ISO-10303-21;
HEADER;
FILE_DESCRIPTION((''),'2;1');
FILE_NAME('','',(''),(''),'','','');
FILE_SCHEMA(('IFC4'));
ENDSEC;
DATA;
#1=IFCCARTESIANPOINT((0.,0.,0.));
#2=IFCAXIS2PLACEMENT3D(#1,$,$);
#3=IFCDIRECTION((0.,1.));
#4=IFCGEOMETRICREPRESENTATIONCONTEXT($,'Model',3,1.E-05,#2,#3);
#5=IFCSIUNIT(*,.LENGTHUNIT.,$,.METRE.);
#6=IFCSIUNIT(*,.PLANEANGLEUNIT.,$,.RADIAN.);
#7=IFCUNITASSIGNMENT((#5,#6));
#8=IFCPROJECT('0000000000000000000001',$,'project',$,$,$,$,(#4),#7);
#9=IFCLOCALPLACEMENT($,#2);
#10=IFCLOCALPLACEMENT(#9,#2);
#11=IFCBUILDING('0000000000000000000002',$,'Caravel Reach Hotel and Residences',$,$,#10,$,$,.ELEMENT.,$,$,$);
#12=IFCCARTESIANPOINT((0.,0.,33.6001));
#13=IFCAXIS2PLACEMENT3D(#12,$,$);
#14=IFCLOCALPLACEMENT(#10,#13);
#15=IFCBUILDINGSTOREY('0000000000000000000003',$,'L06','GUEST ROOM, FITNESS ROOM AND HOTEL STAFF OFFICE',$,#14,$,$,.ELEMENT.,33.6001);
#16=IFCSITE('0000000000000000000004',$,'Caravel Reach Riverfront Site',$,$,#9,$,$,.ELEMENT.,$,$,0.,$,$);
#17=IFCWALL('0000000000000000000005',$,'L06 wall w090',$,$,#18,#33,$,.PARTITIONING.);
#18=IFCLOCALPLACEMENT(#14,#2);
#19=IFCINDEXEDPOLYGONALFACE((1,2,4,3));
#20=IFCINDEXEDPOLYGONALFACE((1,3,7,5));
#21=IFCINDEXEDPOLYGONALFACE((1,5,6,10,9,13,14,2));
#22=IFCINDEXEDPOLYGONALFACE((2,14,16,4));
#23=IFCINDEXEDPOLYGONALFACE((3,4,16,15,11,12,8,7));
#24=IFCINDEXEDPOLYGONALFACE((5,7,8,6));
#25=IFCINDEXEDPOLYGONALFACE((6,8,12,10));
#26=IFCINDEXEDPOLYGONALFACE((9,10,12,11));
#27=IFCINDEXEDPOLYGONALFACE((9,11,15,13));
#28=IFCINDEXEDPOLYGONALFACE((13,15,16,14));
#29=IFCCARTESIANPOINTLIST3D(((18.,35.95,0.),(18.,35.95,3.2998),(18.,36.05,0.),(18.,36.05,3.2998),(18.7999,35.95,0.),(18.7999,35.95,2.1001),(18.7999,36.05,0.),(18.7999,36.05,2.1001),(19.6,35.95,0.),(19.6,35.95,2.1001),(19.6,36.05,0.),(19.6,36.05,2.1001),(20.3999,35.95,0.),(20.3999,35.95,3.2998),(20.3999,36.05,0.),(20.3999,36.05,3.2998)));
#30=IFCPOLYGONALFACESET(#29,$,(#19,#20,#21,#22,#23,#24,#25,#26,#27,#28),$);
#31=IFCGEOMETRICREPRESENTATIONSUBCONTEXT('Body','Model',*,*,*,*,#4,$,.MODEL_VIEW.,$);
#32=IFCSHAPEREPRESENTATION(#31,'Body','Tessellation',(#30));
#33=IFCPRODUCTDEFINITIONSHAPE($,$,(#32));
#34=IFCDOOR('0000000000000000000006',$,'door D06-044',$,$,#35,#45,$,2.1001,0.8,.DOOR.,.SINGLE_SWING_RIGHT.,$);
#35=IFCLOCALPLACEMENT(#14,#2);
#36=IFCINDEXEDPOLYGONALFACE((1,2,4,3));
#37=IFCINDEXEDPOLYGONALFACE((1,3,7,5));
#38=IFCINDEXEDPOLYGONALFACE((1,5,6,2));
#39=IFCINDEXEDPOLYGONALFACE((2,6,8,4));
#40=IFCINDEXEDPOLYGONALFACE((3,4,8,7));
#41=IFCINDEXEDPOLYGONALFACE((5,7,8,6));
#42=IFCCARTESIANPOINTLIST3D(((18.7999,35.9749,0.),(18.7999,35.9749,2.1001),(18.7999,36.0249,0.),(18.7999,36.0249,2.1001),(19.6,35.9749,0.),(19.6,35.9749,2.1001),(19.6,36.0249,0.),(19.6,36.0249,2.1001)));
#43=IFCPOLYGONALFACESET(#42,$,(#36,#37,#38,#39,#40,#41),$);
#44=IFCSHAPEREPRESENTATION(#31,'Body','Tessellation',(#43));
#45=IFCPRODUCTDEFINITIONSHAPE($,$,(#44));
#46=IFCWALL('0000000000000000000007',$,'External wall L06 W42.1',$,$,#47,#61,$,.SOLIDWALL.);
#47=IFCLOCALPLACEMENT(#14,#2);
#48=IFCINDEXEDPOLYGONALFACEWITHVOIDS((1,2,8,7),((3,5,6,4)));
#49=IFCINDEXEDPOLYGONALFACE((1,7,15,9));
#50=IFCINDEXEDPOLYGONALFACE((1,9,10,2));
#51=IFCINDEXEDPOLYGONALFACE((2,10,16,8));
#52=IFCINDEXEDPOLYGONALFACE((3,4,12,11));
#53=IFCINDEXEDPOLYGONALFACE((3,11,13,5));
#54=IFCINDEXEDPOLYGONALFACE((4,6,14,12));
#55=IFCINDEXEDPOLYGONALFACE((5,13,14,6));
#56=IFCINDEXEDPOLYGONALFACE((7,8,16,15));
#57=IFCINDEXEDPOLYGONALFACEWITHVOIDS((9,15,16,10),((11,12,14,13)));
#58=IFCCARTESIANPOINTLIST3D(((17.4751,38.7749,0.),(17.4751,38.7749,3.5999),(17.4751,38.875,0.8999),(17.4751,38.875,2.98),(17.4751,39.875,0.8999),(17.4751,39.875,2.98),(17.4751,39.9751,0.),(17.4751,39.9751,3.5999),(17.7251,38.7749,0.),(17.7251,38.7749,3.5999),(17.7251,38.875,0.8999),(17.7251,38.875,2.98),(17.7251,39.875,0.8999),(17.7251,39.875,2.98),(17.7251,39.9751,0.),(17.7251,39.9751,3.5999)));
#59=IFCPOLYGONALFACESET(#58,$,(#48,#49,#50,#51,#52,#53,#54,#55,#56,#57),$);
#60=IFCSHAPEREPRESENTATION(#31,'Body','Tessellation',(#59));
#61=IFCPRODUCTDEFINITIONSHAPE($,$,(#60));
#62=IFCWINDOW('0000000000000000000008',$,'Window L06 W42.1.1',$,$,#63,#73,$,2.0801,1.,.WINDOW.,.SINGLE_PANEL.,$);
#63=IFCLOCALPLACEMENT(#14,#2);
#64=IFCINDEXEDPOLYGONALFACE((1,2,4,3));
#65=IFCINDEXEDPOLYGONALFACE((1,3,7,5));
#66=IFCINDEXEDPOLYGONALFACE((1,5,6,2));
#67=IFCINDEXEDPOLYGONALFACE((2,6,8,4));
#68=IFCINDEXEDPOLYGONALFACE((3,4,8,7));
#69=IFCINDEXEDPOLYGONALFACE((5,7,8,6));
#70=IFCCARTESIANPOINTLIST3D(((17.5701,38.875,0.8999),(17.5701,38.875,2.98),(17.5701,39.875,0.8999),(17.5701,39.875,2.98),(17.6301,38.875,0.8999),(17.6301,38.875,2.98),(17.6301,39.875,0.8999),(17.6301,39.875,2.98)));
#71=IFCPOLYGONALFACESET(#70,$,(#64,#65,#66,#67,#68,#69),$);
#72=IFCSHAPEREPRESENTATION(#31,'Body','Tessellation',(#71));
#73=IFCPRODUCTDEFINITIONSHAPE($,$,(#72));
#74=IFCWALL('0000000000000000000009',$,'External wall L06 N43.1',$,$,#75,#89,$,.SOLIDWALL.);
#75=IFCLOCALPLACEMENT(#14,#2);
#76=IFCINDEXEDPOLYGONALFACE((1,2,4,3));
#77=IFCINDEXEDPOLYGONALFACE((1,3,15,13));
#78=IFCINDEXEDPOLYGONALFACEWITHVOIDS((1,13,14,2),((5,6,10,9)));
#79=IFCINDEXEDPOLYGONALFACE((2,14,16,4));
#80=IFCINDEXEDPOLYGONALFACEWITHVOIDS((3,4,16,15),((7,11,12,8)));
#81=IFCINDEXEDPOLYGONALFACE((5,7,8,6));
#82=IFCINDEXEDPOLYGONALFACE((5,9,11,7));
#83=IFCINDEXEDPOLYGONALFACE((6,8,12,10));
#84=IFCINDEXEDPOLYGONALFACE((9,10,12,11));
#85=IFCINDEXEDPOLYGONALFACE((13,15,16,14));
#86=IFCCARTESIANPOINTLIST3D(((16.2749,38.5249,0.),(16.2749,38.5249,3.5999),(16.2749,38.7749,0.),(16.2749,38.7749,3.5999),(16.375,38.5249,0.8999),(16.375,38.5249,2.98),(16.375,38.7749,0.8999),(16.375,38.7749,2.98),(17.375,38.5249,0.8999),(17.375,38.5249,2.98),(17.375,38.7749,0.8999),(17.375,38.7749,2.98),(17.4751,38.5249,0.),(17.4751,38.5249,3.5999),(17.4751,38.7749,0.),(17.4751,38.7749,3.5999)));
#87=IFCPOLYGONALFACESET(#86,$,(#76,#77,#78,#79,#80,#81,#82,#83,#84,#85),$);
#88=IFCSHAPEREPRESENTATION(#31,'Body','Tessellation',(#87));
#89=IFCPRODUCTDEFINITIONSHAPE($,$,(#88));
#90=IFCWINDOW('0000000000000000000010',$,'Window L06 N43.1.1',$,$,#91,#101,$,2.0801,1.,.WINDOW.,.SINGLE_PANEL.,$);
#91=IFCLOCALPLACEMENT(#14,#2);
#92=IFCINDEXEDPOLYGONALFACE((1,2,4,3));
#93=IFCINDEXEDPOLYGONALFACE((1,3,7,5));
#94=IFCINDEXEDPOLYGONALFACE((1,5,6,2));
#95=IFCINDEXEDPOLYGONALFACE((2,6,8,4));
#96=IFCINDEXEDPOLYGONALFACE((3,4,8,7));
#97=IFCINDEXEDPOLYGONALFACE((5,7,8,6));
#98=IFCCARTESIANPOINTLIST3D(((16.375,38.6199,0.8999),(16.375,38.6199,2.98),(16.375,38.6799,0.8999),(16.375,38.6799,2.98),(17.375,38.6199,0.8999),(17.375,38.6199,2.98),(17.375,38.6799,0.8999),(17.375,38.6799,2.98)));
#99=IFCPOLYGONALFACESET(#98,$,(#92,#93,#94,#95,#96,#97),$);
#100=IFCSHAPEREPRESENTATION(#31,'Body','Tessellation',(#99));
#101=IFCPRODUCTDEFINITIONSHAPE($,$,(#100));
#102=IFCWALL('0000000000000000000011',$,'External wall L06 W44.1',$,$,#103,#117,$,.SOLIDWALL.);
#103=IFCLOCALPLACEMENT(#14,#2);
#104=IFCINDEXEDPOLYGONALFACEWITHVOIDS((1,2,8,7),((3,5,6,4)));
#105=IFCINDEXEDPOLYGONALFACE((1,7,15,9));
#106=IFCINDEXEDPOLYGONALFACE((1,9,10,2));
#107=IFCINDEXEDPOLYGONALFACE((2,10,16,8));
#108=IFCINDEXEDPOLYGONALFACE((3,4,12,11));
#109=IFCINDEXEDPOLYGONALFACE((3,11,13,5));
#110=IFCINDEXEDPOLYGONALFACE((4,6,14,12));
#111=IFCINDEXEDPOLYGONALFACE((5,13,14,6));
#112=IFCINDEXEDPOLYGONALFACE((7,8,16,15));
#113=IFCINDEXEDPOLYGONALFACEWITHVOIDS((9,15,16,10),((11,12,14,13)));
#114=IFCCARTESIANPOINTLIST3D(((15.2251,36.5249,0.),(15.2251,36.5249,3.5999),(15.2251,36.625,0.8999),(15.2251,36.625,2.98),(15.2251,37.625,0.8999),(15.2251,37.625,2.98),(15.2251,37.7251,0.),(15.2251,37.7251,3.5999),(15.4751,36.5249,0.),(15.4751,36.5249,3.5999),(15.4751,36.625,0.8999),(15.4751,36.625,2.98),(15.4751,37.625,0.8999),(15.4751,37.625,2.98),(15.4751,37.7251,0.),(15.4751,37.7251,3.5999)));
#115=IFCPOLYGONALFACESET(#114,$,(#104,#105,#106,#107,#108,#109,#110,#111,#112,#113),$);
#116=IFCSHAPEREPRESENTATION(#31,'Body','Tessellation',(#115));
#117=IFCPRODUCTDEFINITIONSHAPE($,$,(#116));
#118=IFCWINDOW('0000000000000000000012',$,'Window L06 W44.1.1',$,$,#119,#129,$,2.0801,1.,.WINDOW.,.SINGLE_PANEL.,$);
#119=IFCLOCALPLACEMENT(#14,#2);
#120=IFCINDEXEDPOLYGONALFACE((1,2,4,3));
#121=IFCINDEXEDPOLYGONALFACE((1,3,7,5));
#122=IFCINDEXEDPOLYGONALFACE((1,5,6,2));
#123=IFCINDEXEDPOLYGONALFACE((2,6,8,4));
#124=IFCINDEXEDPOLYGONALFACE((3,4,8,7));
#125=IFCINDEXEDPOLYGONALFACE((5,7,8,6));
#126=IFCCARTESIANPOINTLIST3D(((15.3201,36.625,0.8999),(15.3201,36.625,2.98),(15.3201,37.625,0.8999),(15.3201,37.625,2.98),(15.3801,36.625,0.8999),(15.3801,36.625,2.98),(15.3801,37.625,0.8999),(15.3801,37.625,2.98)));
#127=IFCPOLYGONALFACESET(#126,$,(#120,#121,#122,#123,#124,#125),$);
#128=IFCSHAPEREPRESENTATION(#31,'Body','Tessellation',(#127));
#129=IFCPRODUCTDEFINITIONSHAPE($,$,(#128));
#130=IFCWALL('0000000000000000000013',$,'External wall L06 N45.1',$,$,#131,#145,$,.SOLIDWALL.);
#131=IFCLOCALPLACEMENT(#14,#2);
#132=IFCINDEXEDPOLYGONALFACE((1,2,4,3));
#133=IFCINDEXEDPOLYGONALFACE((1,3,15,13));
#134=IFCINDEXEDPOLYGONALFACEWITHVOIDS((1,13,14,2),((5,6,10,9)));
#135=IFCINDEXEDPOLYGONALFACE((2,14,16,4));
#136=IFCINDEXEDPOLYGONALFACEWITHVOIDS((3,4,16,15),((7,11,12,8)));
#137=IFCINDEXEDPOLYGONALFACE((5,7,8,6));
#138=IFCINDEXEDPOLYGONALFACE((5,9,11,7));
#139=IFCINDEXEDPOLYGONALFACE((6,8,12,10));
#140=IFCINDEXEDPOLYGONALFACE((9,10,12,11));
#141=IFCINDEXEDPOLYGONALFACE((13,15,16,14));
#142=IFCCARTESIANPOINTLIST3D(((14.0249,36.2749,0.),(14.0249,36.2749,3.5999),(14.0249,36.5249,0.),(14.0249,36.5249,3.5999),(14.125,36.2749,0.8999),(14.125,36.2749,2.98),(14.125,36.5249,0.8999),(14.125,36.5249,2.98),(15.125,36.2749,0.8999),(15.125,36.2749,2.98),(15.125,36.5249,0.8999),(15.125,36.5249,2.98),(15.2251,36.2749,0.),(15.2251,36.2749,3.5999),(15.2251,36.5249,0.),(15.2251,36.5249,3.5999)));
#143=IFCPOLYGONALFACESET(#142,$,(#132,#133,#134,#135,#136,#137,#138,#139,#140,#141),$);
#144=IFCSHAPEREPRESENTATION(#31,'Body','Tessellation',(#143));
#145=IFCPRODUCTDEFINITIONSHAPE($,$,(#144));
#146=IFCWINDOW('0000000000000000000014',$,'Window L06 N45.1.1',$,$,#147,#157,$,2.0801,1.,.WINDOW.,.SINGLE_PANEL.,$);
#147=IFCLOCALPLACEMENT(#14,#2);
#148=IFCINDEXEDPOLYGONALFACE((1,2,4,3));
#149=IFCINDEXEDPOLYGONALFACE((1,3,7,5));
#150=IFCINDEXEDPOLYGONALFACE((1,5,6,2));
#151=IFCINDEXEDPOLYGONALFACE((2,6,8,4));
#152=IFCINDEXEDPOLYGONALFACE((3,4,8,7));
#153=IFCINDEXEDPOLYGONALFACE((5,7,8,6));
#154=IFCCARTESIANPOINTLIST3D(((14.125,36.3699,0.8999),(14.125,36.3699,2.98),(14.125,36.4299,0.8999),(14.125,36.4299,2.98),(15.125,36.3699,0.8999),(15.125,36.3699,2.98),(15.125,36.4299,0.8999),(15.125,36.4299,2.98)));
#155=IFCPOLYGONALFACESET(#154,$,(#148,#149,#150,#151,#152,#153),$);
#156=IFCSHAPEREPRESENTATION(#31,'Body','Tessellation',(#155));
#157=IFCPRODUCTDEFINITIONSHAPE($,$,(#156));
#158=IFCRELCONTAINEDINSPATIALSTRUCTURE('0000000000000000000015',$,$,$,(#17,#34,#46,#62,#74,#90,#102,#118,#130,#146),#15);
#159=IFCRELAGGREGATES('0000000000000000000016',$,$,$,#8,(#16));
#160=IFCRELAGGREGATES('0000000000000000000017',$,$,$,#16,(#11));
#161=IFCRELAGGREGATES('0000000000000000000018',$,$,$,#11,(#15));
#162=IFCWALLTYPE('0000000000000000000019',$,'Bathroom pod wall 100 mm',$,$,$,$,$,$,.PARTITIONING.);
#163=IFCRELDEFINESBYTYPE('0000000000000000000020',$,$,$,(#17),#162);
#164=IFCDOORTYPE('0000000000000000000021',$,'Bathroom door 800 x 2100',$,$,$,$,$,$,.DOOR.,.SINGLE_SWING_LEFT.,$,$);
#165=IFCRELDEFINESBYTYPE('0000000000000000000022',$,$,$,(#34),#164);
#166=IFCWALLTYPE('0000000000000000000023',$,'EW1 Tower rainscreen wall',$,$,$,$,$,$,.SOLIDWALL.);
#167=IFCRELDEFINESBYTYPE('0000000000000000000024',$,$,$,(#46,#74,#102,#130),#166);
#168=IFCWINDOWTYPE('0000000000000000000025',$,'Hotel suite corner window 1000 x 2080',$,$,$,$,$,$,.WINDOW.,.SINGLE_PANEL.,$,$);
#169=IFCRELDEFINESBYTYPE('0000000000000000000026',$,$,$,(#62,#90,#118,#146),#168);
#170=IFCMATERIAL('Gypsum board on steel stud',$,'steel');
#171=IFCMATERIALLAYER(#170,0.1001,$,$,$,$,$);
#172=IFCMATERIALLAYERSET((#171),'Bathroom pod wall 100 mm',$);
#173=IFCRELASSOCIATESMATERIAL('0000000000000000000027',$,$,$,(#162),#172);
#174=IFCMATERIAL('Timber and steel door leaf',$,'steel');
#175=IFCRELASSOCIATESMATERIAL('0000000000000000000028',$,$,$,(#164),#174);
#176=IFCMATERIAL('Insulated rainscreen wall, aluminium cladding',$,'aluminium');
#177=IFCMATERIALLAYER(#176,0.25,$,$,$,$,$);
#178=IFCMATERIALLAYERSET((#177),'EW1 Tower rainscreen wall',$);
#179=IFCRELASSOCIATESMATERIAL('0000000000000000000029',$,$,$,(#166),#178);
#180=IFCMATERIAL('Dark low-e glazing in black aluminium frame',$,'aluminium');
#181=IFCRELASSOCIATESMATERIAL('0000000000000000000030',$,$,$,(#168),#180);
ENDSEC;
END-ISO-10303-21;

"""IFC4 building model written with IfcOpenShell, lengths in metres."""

from ifc_helpers import new_model, si_unit, direction, frame, frame_2d, origin, place, context, subcontext, project, spatial, rectangle, extrude, material, layer, layer_set, type_object, element, fill, save


model = new_model("IFC4")

# Units and contexts
model_context = context("Model", 3, precision=1e-05, world=origin(), true_north=direction((0.0, 1.0)))
body_context = subcontext(model_context, "Body", "Model", "MODEL_VIEW")
ifc_project = project(units=[si_unit("LENGTHUNIT", "METRE"), si_unit("PLANEANGLEUNIT", "RADIAN")], contexts=[model_context])

# Site, building, storey
site_placement = place(None, origin())
site = spatial("IfcSite", under=ifc_project, at=site_placement, Name="Caravel Reach Riverfront Site", CompositionType="ELEMENT", RefElevation=0.0)
building_placement = place(site_placement, origin())
building = spatial("IfcBuilding", under=site, at=building_placement, Name="Caravel Reach Hotel and Residences", CompositionType="ELEMENT")
storey_placement = place(building_placement, frame((0.0, 0.0, 33.6001)))
storey = spatial("IfcBuildingStorey", under=building, at=storey_placement, Name="L06", Description="GUEST ROOM, FITNESS ROOM AND HOTEL STAFF OFFICE", CompositionType="ELEMENT", Elevation=33.6001)

# Wall, opening, door
ifc_material_1 = material(Name="Gypsum board on steel stud", Category="steel")
ifc_layer_1 = layer(ifc_material_1, 0.1001)
ifc_layer_set_1 = layer_set([ifc_layer_1], Name="Bathroom pod wall 100 mm")
wall_type_1 = type_object("IfcWallType", Name="Bathroom pod wall 100 mm", PredefinedType="PARTITIONING", material=ifc_layer_set_1)
wall_1_placement = place(storey_placement, frame((18.0, 36.0, 0.0), z_axis=(0.0, 0.0, 1.0), x_axis=(1.0, 0.0, 0.0)))
wall_1 = element("IfcWall", 1, at=wall_1_placement, inside=storey, type_object=wall_type_1, Name="L06 wall w090", PredefinedType="PARTITIONING", context=body_context, shape_type="SweptSolid", body=[
    extrude(rectangle(XDim=2.3999, YDim=0.1001, at=frame_2d((1.2, 0.0))), origin(), (0.0, 0.0, 1.0), 3.2998),
])
opening_1_placement = place(wall_1_placement, frame((0.8, 0.0, 0.0)))
opening_1 = element("IfcOpeningElement", 2, at=opening_1_placement, cuts=wall_1, PredefinedType="OPENING", context=body_context, shape_type="SweptSolid", body=[
    extrude(rectangle(XDim=0.8, YDim=2.1001, at=frame_2d((0.3999, 1.05))), frame((0.0, 0.0601, 0.0), z_axis=(0.0, -1.0, 0.0), x_axis=(1.0, 0.0, 0.0)), (0.0, 0.0, 1.0), 0.1201),
])
ifc_material_2 = material(Name="Timber and steel door leaf", Category="steel")
door_type = type_object("IfcDoorType", Name="Bathroom door 800 x 2100", OperationType="SINGLE_SWING_LEFT", PredefinedType="DOOR", material=ifc_material_2)
door_placement = place(opening_1_placement, origin())
door = element("IfcDoor", 3, at=door_placement, inside=storey, type_object=door_type, Name="door D06-044", OperationType="SINGLE_SWING_RIGHT", OverallHeight=2.1001, OverallWidth=0.8, PredefinedType="DOOR", context=body_context, shape_type="SweptSolid", body=[
    extrude(rectangle(XDim=0.8, YDim=2.1001, at=frame_2d((0.3999, 1.05))), frame((0.0, 0.0249, 0.0), z_axis=(0.0, -1.0, 0.0), x_axis=(1.0, 0.0, 0.0)), (0.0, 0.0, 1.0), 0.05),
])
fill(opening_1, door)

# Walls, openings, windows
ifc_material_3 = material(Name="Insulated rainscreen wall, aluminium cladding", Category="aluminium")
ifc_layer_2 = layer(ifc_material_3, 0.25)
ifc_layer_set_2 = layer_set([ifc_layer_2], Name="EW1 Tower rainscreen wall")
wall_type_2 = type_object("IfcWallType", Name="EW1 Tower rainscreen wall", PredefinedType="SOLIDWALL", material=ifc_layer_set_2)
wall_2_placement = place(storey_placement, frame((17.6001, 39.9751, 0.0), z_axis=(0.0, 0.0, 1.0), x_axis=(0.0, -1.0, 0.0)))
wall_2 = element("IfcWall", 4, at=wall_2_placement, inside=storey, type_object=wall_type_2, Name="External wall L06 W42.1", PredefinedType="SOLIDWALL", context=body_context, shape_type="SweptSolid", body=[
    extrude(rectangle(XDim=1.2002, YDim=0.25, at=frame_2d((0.6001, 0.0))), origin(), (0.0, 0.0, 1.0), 3.5999),
])
opening_2_placement = place(wall_2_placement, frame((0.1001, 0.0, 0.8999)))
opening_2 = element("IfcOpeningElement", 5, at=opening_2_placement, cuts=wall_2, PredefinedType="OPENING", context=body_context, shape_type="SweptSolid", body=[
    extrude(rectangle(XDim=1.0, YDim=2.0801, at=frame_2d((0.5, 1.04))), frame((0.0, 0.135, 0.0), z_axis=(0.0, -1.0, 0.0), x_axis=(1.0, 0.0, 0.0)), (0.0, 0.0, 1.0), 0.27),
])
ifc_material_4 = material(Name="Dark low-e glazing in black aluminium frame", Category="aluminium")
window_type = type_object("IfcWindowType", Name="Hotel suite corner window 1000 x 2080", PartitioningType="SINGLE_PANEL", PredefinedType="WINDOW", material=ifc_material_4)
window_1_placement = place(opening_2_placement, origin())
window_1 = element("IfcWindow", 6, at=window_1_placement, inside=storey, type_object=window_type, Name="Window L06 W42.1.1", OverallHeight=2.0801, OverallWidth=1.0, PartitioningType="SINGLE_PANEL", PredefinedType="WINDOW", context=body_context, shape_type="SweptSolid", body=[
    extrude(rectangle(XDim=1.0, YDim=2.0801, at=frame_2d((0.5, 1.04))), frame((0.0, 0.03, 0.0), z_axis=(0.0, -1.0, 0.0), x_axis=(1.0, 0.0, 0.0)), (0.0, 0.0, 1.0), 0.0601),
])
fill(opening_2, window_1)
wall_3_placement = place(storey_placement, frame((17.4751, 38.6499, 0.0), z_axis=(0.0, 0.0, 1.0), x_axis=(-1.0, 0.0, 0.0)))
wall_3 = element("IfcWall", 7, at=wall_3_placement, inside=storey, type_object=wall_type_2, Name="External wall L06 N43.1", PredefinedType="SOLIDWALL", context=body_context, shape_type="SweptSolid", body=[
    extrude(rectangle(XDim=1.2002, YDim=0.25, at=frame_2d((0.6001, 0.0))), origin(), (0.0, 0.0, 1.0), 3.5999),
])
opening_3_placement = place(wall_3_placement, frame((0.1001, 0.0, 0.8999)))
opening_3 = element("IfcOpeningElement", 8, at=opening_3_placement, cuts=wall_3, PredefinedType="OPENING", context=body_context, shape_type="SweptSolid", body=[
    extrude(rectangle(XDim=1.0, YDim=2.0801, at=frame_2d((0.5, 1.04))), frame((0.0, 0.135, 0.0), z_axis=(0.0, -1.0, 0.0), x_axis=(1.0, 0.0, 0.0)), (0.0, 0.0, 1.0), 0.27),
])
window_2_placement = place(opening_3_placement, origin())
window_2 = element("IfcWindow", 9, at=window_2_placement, inside=storey, type_object=window_type, Name="Window L06 N43.1.1", OverallHeight=2.0801, OverallWidth=1.0, PartitioningType="SINGLE_PANEL", PredefinedType="WINDOW", context=body_context, shape_type="SweptSolid", body=[
    extrude(rectangle(XDim=1.0, YDim=2.0801, at=frame_2d((0.5, 1.04))), frame((0.0, 0.03, 0.0), z_axis=(0.0, -1.0, 0.0), x_axis=(1.0, 0.0, 0.0)), (0.0, 0.0, 1.0), 0.0601),
])
fill(opening_3, window_2)
wall_4_placement = place(storey_placement, frame((15.3501, 37.7251, 0.0), z_axis=(0.0, 0.0, 1.0), x_axis=(0.0, -1.0, 0.0)))
wall_4 = element("IfcWall", 10, at=wall_4_placement, inside=storey, type_object=wall_type_2, Name="External wall L06 W44.1", PredefinedType="SOLIDWALL", context=body_context, shape_type="SweptSolid", body=[
    extrude(rectangle(XDim=1.2002, YDim=0.25, at=frame_2d((0.6001, 0.0))), origin(), (0.0, 0.0, 1.0), 3.5999),
])
opening_4_placement = place(wall_4_placement, frame((0.1001, 0.0, 0.8999)))
opening_4 = element("IfcOpeningElement", 11, at=opening_4_placement, cuts=wall_4, PredefinedType="OPENING", context=body_context, shape_type="SweptSolid", body=[
    extrude(rectangle(XDim=1.0, YDim=2.0801, at=frame_2d((0.5, 1.04))), frame((0.0, 0.135, 0.0), z_axis=(0.0, -1.0, 0.0), x_axis=(1.0, 0.0, 0.0)), (0.0, 0.0, 1.0), 0.27),
])
window_3_placement = place(opening_4_placement, origin())
window_3 = element("IfcWindow", 12, at=window_3_placement, inside=storey, type_object=window_type, Name="Window L06 W44.1.1", OverallHeight=2.0801, OverallWidth=1.0, PartitioningType="SINGLE_PANEL", PredefinedType="WINDOW", context=body_context, shape_type="SweptSolid", body=[
    extrude(rectangle(XDim=1.0, YDim=2.0801, at=frame_2d((0.5, 1.04))), frame((0.0, 0.03, 0.0), z_axis=(0.0, -1.0, 0.0), x_axis=(1.0, 0.0, 0.0)), (0.0, 0.0, 1.0), 0.0601),
])
fill(opening_4, window_3)
wall_5_placement = place(storey_placement, frame((15.2251, 36.3999, 0.0), z_axis=(0.0, 0.0, 1.0), x_axis=(-1.0, 0.0, 0.0)))
wall_5 = element("IfcWall", 13, at=wall_5_placement, inside=storey, type_object=wall_type_2, Name="External wall L06 N45.1", PredefinedType="SOLIDWALL", context=body_context, shape_type="SweptSolid", body=[
    extrude(rectangle(XDim=1.2002, YDim=0.25, at=frame_2d((0.6001, 0.0))), origin(), (0.0, 0.0, 1.0), 3.5999),
])
opening_5_placement = place(wall_5_placement, frame((0.1001, 0.0, 0.8999)))
opening_5 = element("IfcOpeningElement", 14, at=opening_5_placement, cuts=wall_5, PredefinedType="OPENING", context=body_context, shape_type="SweptSolid", body=[
    extrude(rectangle(XDim=1.0, YDim=2.0801, at=frame_2d((0.5, 1.04))), frame((0.0, 0.135, 0.0), z_axis=(0.0, -1.0, 0.0), x_axis=(1.0, 0.0, 0.0)), (0.0, 0.0, 1.0), 0.27),
])
window_4_placement = place(opening_5_placement, origin())
window_4 = element("IfcWindow", 15, at=window_4_placement, inside=storey, type_object=window_type, Name="Window L06 N45.1.1", OverallHeight=2.0801, OverallWidth=1.0, PartitioningType="SINGLE_PANEL", PredefinedType="WINDOW", context=body_context, shape_type="SweptSolid", body=[
    extrude(rectangle(XDim=1.0, YDim=2.0801, at=frame_2d((0.5, 1.04))), frame((0.0, 0.03, 0.0), z_axis=(0.0, -1.0, 0.0), x_axis=(1.0, 0.0, 0.0)), (0.0, 0.0, 1.0), 0.0601),
])
fill(opening_5, window_4)

save(model, "model.ifc")
